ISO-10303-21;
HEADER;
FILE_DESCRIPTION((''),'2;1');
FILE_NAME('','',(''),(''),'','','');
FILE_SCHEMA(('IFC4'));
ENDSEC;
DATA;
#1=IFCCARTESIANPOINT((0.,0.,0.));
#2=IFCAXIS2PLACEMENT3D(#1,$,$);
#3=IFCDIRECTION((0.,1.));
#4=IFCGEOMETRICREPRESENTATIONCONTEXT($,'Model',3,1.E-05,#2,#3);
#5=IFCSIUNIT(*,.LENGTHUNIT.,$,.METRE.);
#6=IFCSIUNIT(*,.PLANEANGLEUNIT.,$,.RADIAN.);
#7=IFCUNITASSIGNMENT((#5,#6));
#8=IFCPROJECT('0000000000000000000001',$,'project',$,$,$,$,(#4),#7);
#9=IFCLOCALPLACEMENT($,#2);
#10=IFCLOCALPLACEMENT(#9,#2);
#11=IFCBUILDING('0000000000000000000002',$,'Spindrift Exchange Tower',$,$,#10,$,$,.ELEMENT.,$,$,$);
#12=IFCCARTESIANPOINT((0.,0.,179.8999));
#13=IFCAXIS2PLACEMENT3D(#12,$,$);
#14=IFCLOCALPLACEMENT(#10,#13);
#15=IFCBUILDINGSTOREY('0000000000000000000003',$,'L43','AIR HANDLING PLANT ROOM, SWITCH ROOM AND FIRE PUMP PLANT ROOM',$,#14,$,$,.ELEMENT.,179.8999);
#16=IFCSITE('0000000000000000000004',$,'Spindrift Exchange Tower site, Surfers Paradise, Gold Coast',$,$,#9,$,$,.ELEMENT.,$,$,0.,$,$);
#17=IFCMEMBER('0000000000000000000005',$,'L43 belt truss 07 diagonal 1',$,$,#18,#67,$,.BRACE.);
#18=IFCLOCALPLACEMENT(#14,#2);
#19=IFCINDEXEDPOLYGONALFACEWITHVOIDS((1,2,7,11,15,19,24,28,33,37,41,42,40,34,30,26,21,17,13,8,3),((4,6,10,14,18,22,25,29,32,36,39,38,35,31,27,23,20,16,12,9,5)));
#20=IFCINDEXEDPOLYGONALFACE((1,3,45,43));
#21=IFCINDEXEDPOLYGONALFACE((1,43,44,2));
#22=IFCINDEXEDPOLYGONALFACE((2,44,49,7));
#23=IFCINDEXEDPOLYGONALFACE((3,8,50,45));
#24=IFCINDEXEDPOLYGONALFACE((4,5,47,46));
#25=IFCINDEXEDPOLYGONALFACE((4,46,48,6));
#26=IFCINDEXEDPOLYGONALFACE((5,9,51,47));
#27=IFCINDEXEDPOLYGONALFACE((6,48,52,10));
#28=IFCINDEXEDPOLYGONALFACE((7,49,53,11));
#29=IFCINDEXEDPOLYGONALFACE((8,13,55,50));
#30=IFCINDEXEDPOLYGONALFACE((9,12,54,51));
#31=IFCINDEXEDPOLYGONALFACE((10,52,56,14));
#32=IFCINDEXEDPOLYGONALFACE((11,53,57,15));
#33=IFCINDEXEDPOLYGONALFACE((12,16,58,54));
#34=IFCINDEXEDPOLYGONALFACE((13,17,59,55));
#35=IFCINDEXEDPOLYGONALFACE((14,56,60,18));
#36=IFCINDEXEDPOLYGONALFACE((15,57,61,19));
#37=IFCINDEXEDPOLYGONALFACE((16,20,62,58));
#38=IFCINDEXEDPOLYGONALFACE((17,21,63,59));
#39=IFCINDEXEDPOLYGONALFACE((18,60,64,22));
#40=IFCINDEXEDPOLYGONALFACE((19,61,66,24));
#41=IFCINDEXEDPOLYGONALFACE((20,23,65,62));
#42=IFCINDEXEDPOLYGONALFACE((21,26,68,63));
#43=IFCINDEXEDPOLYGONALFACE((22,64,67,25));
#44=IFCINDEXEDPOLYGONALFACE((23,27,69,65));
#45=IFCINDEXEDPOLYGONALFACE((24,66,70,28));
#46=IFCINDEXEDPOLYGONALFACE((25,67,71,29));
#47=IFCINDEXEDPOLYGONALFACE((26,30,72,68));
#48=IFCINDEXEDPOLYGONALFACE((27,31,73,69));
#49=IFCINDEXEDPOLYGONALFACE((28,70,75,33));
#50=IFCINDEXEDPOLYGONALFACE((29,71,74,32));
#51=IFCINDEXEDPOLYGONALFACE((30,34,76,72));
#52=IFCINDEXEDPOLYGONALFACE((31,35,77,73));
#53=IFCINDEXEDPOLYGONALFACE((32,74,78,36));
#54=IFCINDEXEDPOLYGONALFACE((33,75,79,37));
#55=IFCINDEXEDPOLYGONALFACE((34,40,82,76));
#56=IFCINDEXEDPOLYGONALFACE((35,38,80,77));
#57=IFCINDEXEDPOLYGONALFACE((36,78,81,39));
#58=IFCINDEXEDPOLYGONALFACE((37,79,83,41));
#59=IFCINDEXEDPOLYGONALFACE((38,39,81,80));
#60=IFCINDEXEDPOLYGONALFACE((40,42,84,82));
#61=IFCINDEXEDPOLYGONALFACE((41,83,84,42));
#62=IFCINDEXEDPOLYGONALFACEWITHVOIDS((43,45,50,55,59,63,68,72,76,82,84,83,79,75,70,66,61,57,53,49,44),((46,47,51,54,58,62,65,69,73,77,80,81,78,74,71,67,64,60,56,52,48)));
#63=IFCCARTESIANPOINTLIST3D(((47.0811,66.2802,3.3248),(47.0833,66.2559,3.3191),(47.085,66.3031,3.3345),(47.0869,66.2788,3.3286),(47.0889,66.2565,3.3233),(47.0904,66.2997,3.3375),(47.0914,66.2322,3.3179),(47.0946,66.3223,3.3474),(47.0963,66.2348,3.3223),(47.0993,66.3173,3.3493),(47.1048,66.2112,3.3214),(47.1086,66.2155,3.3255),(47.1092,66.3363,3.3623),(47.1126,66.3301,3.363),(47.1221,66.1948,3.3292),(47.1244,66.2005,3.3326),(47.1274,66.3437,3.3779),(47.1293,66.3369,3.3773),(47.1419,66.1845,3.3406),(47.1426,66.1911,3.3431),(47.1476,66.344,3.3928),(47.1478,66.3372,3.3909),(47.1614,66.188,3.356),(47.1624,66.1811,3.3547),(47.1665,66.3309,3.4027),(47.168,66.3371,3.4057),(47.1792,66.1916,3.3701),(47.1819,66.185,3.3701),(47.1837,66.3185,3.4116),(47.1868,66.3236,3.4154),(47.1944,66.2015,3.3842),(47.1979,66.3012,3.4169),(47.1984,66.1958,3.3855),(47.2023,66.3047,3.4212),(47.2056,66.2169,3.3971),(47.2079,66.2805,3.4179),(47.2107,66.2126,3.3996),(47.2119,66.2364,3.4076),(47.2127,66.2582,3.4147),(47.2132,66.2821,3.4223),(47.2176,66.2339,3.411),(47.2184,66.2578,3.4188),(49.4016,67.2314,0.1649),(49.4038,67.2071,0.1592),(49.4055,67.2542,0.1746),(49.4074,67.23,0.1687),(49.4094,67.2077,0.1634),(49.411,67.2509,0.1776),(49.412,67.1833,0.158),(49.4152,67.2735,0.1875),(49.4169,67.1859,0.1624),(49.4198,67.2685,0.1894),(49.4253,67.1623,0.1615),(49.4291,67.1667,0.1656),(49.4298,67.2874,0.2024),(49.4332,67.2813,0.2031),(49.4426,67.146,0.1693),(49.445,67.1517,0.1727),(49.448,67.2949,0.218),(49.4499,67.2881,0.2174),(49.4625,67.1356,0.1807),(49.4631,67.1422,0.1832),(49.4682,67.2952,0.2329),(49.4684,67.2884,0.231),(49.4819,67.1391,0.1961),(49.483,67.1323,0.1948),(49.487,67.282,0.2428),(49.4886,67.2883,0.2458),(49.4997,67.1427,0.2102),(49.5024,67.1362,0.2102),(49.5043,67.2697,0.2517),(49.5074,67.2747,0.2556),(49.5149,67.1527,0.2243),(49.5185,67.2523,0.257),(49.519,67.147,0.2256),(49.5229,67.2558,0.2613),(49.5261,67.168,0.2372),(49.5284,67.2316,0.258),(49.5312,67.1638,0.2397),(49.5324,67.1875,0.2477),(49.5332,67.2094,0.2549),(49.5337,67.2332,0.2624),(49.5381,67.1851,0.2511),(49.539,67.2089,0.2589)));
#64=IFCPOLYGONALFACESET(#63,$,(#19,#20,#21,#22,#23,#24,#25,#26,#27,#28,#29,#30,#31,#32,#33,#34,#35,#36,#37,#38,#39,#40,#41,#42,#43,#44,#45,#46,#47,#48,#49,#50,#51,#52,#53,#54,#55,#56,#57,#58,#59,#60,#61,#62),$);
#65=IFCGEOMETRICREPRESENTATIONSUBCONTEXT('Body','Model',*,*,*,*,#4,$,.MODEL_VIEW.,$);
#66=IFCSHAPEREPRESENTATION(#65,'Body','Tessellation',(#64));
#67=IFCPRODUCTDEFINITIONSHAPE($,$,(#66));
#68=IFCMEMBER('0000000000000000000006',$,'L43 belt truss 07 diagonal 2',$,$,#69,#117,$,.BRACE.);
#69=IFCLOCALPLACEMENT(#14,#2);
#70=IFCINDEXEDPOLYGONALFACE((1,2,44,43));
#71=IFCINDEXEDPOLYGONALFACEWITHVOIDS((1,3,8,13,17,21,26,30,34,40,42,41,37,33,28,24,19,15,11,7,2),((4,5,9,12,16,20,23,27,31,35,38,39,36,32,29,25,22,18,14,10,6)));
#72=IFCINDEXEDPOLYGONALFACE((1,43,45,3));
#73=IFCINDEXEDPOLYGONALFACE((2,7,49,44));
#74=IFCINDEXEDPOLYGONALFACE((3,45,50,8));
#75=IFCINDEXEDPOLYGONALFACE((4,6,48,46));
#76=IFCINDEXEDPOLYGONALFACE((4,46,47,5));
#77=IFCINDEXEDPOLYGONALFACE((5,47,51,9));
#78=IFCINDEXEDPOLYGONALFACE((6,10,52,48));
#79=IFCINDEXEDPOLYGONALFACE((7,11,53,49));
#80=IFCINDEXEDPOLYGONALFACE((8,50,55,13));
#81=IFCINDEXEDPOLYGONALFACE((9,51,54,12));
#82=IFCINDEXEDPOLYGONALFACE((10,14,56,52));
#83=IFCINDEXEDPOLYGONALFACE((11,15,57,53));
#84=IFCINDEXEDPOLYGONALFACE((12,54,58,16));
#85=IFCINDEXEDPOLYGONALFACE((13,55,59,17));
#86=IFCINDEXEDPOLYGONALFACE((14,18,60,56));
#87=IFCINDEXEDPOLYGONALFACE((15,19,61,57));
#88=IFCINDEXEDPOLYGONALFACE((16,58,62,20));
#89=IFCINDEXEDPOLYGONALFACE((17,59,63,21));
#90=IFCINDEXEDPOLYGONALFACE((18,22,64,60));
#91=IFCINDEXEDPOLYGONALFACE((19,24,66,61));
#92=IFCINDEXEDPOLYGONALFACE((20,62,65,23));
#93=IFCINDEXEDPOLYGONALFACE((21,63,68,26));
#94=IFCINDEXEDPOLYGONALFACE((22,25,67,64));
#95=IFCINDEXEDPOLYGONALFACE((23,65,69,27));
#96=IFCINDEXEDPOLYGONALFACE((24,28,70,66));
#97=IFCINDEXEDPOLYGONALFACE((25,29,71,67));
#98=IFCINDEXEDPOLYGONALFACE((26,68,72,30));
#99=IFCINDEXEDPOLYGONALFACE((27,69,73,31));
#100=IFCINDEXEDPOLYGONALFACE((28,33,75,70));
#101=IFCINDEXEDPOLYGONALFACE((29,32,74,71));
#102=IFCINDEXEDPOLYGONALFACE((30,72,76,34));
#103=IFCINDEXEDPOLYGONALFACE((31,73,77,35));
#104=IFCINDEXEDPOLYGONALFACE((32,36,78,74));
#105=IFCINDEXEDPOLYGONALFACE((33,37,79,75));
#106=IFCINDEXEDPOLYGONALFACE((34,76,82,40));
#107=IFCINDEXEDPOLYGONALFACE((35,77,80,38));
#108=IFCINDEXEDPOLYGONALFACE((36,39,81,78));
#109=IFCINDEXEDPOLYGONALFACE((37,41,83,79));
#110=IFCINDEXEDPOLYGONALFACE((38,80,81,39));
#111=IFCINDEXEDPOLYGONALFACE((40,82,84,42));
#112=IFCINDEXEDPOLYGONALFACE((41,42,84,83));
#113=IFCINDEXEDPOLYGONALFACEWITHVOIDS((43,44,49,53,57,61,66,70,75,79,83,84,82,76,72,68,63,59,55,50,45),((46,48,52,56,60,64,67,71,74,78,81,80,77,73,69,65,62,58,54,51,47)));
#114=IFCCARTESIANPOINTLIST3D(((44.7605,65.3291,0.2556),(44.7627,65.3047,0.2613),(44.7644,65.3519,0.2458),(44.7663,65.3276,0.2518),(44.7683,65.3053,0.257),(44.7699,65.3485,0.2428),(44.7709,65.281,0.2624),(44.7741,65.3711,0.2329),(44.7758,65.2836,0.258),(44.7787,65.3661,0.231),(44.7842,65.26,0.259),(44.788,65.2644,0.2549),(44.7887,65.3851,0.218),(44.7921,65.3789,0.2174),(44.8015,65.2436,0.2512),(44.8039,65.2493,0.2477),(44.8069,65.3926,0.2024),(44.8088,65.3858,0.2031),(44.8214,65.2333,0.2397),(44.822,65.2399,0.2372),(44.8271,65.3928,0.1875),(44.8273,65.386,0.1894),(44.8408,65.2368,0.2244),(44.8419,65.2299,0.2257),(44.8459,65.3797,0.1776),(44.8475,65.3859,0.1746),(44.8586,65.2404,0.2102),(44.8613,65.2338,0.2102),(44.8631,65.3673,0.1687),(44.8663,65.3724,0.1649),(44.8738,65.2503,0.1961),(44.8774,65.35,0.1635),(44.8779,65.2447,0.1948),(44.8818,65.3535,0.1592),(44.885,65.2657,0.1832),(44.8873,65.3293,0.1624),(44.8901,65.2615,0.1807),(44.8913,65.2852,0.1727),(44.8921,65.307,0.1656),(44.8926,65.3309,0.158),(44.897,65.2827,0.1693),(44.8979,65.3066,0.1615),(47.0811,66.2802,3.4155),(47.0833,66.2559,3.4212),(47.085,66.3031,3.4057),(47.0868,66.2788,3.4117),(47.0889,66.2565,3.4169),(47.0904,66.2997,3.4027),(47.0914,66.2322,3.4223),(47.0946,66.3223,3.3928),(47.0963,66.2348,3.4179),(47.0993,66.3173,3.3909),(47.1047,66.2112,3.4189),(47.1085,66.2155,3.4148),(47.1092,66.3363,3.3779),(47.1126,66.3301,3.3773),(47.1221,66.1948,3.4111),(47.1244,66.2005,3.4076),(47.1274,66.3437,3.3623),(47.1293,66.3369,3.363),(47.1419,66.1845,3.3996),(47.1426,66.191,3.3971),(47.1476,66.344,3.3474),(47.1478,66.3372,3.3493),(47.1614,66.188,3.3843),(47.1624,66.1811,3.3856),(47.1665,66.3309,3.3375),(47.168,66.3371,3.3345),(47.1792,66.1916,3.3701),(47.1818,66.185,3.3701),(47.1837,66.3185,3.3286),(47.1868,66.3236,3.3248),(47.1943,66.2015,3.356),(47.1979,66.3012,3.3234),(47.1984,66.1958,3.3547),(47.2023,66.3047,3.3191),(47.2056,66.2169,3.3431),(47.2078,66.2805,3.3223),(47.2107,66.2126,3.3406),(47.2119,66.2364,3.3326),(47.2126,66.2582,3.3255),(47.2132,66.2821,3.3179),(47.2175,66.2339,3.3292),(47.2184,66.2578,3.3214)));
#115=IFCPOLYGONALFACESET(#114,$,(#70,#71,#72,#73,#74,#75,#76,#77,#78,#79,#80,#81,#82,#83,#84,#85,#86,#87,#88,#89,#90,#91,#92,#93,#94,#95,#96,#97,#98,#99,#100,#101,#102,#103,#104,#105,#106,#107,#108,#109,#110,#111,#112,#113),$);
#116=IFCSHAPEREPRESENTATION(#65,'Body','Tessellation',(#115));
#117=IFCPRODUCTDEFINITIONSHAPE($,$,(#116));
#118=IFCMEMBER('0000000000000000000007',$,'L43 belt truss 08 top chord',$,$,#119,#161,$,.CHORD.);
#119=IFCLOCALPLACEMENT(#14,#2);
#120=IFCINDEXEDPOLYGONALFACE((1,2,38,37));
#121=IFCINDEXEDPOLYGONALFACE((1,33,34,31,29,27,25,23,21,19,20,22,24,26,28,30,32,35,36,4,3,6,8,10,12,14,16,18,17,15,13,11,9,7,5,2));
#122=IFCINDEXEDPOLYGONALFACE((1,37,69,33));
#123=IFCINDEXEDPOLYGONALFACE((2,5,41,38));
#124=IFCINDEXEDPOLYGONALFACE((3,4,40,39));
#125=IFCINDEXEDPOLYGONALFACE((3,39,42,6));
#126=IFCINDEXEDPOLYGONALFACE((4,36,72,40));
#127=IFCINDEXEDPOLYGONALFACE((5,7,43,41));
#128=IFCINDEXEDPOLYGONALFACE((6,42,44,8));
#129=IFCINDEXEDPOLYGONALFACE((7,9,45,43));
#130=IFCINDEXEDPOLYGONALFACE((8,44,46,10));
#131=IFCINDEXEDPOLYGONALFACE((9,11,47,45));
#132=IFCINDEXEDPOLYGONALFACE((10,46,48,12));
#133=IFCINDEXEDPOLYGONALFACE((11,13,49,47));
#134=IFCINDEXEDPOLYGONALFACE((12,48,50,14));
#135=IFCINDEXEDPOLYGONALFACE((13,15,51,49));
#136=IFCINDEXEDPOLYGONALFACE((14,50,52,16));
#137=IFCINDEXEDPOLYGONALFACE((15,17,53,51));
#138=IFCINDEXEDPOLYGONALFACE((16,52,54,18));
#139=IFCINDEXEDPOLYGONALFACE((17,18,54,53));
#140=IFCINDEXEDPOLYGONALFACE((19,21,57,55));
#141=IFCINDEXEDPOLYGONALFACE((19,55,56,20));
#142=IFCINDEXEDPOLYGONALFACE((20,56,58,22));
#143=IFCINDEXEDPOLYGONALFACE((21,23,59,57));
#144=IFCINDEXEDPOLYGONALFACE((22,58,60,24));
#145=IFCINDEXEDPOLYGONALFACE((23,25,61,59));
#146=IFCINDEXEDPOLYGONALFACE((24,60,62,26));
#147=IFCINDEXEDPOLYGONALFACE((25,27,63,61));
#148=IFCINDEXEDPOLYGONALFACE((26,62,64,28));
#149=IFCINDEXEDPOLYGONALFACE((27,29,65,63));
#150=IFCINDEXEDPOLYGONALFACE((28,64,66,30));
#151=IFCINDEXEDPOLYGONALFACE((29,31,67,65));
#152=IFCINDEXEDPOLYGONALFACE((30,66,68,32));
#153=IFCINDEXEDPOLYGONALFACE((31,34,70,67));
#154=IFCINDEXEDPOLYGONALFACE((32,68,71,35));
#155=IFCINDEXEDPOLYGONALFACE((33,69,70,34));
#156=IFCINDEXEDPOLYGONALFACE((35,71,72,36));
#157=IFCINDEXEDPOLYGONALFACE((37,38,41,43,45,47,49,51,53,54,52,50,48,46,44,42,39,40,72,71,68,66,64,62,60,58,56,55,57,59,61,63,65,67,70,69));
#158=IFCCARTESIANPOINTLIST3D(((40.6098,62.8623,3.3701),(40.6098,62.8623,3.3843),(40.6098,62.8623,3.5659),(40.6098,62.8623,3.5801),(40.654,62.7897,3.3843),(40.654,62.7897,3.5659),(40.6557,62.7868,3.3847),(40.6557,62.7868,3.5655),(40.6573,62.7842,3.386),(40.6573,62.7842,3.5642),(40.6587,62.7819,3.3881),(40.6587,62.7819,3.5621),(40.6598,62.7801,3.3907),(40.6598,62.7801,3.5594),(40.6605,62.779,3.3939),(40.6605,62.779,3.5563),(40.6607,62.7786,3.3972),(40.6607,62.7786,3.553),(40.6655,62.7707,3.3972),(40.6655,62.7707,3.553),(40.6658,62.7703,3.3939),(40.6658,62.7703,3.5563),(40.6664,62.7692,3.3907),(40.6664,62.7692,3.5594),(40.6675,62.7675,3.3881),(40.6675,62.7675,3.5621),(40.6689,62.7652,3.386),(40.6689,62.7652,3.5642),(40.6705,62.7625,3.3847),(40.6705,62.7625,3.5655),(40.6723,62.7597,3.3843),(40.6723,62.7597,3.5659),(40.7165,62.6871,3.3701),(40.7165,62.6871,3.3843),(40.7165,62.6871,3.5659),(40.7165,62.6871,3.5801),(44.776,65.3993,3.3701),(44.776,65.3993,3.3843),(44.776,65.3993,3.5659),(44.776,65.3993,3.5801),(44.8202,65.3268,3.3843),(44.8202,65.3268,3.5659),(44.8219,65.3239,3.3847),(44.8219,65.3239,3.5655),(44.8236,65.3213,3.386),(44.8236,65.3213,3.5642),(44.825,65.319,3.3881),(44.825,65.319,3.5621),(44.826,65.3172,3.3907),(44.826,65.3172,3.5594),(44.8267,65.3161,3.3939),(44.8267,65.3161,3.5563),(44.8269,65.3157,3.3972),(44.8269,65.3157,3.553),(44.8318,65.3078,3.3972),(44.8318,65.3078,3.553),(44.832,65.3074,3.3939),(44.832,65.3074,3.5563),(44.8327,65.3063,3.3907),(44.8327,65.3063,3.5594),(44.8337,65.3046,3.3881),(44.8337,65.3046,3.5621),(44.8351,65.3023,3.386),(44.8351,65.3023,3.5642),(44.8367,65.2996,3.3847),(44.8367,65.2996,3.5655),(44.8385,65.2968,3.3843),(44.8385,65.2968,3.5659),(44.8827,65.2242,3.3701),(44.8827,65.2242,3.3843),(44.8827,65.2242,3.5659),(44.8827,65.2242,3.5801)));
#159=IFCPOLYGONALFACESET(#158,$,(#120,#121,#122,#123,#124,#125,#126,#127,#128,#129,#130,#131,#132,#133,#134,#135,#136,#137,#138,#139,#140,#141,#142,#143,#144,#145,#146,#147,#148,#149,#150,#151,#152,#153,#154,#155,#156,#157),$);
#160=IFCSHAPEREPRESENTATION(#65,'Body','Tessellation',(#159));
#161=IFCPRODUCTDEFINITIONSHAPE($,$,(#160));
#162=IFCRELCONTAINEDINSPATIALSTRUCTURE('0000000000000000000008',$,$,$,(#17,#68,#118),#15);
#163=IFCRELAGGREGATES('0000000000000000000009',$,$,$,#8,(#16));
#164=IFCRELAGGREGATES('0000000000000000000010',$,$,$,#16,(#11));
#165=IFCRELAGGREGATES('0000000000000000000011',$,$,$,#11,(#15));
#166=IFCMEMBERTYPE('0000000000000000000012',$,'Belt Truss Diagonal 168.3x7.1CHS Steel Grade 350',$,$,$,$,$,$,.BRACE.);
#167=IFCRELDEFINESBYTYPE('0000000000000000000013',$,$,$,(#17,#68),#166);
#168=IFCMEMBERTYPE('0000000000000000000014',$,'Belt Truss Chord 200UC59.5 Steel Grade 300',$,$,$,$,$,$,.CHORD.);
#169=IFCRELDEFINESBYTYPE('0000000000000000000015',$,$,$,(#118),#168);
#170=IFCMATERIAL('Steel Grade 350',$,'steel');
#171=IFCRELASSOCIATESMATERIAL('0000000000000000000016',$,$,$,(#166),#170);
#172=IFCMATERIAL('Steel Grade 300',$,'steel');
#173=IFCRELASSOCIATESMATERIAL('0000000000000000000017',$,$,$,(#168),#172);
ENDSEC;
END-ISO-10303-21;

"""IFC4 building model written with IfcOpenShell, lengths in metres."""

from ifc_helpers import new_model, si_unit, direction, frame, origin, origin_2d, place, context, subcontext, project, spatial, hollow_circle, i_section, extrude, source, transform, mapped, material, material_profile, profile_set, type_object, element, save


model = new_model("IFC4")

# Units and contexts
model_context = context("Model", 3, precision=1e-05, world=origin(), true_north=direction((0.0, 1.0)))
body_context = subcontext(model_context, "Body", "Model", "MODEL_VIEW")
ifc_project = project(units=[si_unit("LENGTHUNIT", "METRE"), si_unit("PLANEANGLEUNIT", "RADIAN")], contexts=[model_context])

# Site, building, storey
site_placement = place(None, origin())
site = spatial("IfcSite", under=ifc_project, at=site_placement, Name="Spindrift Exchange Tower site, Surfers Paradise, Gold Coast", CompositionType="ELEMENT", RefElevation=0.0)
building_placement = place(site_placement, origin())
building = spatial("IfcBuilding", under=site, at=building_placement, Name="Spindrift Exchange Tower", CompositionType="ELEMENT")
storey_placement = place(building_placement, frame((0.0, 0.0, 179.8999)))
storey = spatial("IfcBuildingStorey", under=building, at=storey_placement, Name="L43", Description="AIR HANDLING PLANT ROOM, SWITCH ROOM AND FIRE PUMP PLANT ROOM", CompositionType="ELEMENT", Elevation=179.8999)

# Shared definitions
ifc_material_1 = material(Name="Steel Grade 300", Category="steel")

# Members
ifc_material_2 = material(Name="Steel Grade 350", Category="steel")
ifc_material_profile_1 = material_profile(ifc_material_2, hollow_circle(Radius=0.0842, WallThickness=0.0071, at=origin_2d()), Name="168.3x7.1CHS")
ifc_profile_set_1 = profile_set([ifc_material_profile_1], Name="Steel Grade 350")
member_type_1 = type_object("IfcMemberType", Name="Belt Truss Diagonal 168.3x7.1CHS Steel Grade 350", PredefinedType="BRACE", material=ifc_profile_set_1)
ifc_material_profile_2 = material_profile(ifc_material_1, i_section(OverallWidth=0.2051, OverallDepth=0.21, WebThickness=0.0093, FlangeThickness=0.0142, FilletRadius=0.0129, at=origin_2d()), Name="200UC59.5")
ifc_profile_set_2 = profile_set([ifc_material_profile_2], Name="Steel Grade 300")
member_type_2 = type_object("IfcMemberType", Name="Belt Truss Chord 200UC59.5 Steel Grade 300", PredefinedType="CHORD", material=ifc_profile_set_2)
shared_shape_1 = source(origin(), body_context, "Body", "SweptSolid", [
    extrude(hollow_circle(Radius=0.0842, WallThickness=0.0071, at=origin_2d()), origin(), (0.0, 0.0, 1.0), 4.0342),
])
for number, where, z_axis, x_axis, name in (
    (1, (49.4705, 67.2141, 0.2102), (-0.575221, -0.235777, 0.783281), (0.379266, -0.925288, 0.0), "L43 belt truss 07 diagonal 1"),
    (2, (47.1499, 66.2629, 3.3701), (-0.575221, -0.235777, -0.783281), (0.379266, -0.925288, 0.0), "L43 belt truss 07 diagonal 2"),
):
    element("IfcMember", number, at=place(storey_placement, frame(where, z_axis=z_axis, x_axis=x_axis)), inside=storey, type_object=member_type_1, Name=name, PredefinedType="BRACE", context=body_context, shape_type="MappedRepresentation", body=[
        mapped(shared_shape_1, transform((0.0, 0.0, 0.0), scale=1.0)),
    ])
shared_shape_2 = source(origin(), body_context, "Body", "SweptSolid", [
    extrude(i_section(OverallWidth=0.2051, OverallDepth=0.21, WebThickness=0.0093, FlangeThickness=0.0142, FilletRadius=0.0129, at=origin_2d()), origin(), (0.0, 0.0, 1.0), 4.8779),
])
for number, where, z_axis, x_axis, name in (
    (3, (44.8293, 65.3118, 3.4751), (-0.854096, -0.520115, 0.0), (0.520115, -0.854096, 0.0), "L43 belt truss 08 top chord"),
):
    element("IfcMember", number, at=place(storey_placement, frame(where, z_axis=z_axis, x_axis=x_axis)), inside=storey, type_object=member_type_2, Name=name, PredefinedType="CHORD", context=body_context, shape_type="MappedRepresentation", body=[
        mapped(shared_shape_2, transform((0.0, 0.0, 0.0), scale=1.0)),
    ])

save(model, "model.ifc")
